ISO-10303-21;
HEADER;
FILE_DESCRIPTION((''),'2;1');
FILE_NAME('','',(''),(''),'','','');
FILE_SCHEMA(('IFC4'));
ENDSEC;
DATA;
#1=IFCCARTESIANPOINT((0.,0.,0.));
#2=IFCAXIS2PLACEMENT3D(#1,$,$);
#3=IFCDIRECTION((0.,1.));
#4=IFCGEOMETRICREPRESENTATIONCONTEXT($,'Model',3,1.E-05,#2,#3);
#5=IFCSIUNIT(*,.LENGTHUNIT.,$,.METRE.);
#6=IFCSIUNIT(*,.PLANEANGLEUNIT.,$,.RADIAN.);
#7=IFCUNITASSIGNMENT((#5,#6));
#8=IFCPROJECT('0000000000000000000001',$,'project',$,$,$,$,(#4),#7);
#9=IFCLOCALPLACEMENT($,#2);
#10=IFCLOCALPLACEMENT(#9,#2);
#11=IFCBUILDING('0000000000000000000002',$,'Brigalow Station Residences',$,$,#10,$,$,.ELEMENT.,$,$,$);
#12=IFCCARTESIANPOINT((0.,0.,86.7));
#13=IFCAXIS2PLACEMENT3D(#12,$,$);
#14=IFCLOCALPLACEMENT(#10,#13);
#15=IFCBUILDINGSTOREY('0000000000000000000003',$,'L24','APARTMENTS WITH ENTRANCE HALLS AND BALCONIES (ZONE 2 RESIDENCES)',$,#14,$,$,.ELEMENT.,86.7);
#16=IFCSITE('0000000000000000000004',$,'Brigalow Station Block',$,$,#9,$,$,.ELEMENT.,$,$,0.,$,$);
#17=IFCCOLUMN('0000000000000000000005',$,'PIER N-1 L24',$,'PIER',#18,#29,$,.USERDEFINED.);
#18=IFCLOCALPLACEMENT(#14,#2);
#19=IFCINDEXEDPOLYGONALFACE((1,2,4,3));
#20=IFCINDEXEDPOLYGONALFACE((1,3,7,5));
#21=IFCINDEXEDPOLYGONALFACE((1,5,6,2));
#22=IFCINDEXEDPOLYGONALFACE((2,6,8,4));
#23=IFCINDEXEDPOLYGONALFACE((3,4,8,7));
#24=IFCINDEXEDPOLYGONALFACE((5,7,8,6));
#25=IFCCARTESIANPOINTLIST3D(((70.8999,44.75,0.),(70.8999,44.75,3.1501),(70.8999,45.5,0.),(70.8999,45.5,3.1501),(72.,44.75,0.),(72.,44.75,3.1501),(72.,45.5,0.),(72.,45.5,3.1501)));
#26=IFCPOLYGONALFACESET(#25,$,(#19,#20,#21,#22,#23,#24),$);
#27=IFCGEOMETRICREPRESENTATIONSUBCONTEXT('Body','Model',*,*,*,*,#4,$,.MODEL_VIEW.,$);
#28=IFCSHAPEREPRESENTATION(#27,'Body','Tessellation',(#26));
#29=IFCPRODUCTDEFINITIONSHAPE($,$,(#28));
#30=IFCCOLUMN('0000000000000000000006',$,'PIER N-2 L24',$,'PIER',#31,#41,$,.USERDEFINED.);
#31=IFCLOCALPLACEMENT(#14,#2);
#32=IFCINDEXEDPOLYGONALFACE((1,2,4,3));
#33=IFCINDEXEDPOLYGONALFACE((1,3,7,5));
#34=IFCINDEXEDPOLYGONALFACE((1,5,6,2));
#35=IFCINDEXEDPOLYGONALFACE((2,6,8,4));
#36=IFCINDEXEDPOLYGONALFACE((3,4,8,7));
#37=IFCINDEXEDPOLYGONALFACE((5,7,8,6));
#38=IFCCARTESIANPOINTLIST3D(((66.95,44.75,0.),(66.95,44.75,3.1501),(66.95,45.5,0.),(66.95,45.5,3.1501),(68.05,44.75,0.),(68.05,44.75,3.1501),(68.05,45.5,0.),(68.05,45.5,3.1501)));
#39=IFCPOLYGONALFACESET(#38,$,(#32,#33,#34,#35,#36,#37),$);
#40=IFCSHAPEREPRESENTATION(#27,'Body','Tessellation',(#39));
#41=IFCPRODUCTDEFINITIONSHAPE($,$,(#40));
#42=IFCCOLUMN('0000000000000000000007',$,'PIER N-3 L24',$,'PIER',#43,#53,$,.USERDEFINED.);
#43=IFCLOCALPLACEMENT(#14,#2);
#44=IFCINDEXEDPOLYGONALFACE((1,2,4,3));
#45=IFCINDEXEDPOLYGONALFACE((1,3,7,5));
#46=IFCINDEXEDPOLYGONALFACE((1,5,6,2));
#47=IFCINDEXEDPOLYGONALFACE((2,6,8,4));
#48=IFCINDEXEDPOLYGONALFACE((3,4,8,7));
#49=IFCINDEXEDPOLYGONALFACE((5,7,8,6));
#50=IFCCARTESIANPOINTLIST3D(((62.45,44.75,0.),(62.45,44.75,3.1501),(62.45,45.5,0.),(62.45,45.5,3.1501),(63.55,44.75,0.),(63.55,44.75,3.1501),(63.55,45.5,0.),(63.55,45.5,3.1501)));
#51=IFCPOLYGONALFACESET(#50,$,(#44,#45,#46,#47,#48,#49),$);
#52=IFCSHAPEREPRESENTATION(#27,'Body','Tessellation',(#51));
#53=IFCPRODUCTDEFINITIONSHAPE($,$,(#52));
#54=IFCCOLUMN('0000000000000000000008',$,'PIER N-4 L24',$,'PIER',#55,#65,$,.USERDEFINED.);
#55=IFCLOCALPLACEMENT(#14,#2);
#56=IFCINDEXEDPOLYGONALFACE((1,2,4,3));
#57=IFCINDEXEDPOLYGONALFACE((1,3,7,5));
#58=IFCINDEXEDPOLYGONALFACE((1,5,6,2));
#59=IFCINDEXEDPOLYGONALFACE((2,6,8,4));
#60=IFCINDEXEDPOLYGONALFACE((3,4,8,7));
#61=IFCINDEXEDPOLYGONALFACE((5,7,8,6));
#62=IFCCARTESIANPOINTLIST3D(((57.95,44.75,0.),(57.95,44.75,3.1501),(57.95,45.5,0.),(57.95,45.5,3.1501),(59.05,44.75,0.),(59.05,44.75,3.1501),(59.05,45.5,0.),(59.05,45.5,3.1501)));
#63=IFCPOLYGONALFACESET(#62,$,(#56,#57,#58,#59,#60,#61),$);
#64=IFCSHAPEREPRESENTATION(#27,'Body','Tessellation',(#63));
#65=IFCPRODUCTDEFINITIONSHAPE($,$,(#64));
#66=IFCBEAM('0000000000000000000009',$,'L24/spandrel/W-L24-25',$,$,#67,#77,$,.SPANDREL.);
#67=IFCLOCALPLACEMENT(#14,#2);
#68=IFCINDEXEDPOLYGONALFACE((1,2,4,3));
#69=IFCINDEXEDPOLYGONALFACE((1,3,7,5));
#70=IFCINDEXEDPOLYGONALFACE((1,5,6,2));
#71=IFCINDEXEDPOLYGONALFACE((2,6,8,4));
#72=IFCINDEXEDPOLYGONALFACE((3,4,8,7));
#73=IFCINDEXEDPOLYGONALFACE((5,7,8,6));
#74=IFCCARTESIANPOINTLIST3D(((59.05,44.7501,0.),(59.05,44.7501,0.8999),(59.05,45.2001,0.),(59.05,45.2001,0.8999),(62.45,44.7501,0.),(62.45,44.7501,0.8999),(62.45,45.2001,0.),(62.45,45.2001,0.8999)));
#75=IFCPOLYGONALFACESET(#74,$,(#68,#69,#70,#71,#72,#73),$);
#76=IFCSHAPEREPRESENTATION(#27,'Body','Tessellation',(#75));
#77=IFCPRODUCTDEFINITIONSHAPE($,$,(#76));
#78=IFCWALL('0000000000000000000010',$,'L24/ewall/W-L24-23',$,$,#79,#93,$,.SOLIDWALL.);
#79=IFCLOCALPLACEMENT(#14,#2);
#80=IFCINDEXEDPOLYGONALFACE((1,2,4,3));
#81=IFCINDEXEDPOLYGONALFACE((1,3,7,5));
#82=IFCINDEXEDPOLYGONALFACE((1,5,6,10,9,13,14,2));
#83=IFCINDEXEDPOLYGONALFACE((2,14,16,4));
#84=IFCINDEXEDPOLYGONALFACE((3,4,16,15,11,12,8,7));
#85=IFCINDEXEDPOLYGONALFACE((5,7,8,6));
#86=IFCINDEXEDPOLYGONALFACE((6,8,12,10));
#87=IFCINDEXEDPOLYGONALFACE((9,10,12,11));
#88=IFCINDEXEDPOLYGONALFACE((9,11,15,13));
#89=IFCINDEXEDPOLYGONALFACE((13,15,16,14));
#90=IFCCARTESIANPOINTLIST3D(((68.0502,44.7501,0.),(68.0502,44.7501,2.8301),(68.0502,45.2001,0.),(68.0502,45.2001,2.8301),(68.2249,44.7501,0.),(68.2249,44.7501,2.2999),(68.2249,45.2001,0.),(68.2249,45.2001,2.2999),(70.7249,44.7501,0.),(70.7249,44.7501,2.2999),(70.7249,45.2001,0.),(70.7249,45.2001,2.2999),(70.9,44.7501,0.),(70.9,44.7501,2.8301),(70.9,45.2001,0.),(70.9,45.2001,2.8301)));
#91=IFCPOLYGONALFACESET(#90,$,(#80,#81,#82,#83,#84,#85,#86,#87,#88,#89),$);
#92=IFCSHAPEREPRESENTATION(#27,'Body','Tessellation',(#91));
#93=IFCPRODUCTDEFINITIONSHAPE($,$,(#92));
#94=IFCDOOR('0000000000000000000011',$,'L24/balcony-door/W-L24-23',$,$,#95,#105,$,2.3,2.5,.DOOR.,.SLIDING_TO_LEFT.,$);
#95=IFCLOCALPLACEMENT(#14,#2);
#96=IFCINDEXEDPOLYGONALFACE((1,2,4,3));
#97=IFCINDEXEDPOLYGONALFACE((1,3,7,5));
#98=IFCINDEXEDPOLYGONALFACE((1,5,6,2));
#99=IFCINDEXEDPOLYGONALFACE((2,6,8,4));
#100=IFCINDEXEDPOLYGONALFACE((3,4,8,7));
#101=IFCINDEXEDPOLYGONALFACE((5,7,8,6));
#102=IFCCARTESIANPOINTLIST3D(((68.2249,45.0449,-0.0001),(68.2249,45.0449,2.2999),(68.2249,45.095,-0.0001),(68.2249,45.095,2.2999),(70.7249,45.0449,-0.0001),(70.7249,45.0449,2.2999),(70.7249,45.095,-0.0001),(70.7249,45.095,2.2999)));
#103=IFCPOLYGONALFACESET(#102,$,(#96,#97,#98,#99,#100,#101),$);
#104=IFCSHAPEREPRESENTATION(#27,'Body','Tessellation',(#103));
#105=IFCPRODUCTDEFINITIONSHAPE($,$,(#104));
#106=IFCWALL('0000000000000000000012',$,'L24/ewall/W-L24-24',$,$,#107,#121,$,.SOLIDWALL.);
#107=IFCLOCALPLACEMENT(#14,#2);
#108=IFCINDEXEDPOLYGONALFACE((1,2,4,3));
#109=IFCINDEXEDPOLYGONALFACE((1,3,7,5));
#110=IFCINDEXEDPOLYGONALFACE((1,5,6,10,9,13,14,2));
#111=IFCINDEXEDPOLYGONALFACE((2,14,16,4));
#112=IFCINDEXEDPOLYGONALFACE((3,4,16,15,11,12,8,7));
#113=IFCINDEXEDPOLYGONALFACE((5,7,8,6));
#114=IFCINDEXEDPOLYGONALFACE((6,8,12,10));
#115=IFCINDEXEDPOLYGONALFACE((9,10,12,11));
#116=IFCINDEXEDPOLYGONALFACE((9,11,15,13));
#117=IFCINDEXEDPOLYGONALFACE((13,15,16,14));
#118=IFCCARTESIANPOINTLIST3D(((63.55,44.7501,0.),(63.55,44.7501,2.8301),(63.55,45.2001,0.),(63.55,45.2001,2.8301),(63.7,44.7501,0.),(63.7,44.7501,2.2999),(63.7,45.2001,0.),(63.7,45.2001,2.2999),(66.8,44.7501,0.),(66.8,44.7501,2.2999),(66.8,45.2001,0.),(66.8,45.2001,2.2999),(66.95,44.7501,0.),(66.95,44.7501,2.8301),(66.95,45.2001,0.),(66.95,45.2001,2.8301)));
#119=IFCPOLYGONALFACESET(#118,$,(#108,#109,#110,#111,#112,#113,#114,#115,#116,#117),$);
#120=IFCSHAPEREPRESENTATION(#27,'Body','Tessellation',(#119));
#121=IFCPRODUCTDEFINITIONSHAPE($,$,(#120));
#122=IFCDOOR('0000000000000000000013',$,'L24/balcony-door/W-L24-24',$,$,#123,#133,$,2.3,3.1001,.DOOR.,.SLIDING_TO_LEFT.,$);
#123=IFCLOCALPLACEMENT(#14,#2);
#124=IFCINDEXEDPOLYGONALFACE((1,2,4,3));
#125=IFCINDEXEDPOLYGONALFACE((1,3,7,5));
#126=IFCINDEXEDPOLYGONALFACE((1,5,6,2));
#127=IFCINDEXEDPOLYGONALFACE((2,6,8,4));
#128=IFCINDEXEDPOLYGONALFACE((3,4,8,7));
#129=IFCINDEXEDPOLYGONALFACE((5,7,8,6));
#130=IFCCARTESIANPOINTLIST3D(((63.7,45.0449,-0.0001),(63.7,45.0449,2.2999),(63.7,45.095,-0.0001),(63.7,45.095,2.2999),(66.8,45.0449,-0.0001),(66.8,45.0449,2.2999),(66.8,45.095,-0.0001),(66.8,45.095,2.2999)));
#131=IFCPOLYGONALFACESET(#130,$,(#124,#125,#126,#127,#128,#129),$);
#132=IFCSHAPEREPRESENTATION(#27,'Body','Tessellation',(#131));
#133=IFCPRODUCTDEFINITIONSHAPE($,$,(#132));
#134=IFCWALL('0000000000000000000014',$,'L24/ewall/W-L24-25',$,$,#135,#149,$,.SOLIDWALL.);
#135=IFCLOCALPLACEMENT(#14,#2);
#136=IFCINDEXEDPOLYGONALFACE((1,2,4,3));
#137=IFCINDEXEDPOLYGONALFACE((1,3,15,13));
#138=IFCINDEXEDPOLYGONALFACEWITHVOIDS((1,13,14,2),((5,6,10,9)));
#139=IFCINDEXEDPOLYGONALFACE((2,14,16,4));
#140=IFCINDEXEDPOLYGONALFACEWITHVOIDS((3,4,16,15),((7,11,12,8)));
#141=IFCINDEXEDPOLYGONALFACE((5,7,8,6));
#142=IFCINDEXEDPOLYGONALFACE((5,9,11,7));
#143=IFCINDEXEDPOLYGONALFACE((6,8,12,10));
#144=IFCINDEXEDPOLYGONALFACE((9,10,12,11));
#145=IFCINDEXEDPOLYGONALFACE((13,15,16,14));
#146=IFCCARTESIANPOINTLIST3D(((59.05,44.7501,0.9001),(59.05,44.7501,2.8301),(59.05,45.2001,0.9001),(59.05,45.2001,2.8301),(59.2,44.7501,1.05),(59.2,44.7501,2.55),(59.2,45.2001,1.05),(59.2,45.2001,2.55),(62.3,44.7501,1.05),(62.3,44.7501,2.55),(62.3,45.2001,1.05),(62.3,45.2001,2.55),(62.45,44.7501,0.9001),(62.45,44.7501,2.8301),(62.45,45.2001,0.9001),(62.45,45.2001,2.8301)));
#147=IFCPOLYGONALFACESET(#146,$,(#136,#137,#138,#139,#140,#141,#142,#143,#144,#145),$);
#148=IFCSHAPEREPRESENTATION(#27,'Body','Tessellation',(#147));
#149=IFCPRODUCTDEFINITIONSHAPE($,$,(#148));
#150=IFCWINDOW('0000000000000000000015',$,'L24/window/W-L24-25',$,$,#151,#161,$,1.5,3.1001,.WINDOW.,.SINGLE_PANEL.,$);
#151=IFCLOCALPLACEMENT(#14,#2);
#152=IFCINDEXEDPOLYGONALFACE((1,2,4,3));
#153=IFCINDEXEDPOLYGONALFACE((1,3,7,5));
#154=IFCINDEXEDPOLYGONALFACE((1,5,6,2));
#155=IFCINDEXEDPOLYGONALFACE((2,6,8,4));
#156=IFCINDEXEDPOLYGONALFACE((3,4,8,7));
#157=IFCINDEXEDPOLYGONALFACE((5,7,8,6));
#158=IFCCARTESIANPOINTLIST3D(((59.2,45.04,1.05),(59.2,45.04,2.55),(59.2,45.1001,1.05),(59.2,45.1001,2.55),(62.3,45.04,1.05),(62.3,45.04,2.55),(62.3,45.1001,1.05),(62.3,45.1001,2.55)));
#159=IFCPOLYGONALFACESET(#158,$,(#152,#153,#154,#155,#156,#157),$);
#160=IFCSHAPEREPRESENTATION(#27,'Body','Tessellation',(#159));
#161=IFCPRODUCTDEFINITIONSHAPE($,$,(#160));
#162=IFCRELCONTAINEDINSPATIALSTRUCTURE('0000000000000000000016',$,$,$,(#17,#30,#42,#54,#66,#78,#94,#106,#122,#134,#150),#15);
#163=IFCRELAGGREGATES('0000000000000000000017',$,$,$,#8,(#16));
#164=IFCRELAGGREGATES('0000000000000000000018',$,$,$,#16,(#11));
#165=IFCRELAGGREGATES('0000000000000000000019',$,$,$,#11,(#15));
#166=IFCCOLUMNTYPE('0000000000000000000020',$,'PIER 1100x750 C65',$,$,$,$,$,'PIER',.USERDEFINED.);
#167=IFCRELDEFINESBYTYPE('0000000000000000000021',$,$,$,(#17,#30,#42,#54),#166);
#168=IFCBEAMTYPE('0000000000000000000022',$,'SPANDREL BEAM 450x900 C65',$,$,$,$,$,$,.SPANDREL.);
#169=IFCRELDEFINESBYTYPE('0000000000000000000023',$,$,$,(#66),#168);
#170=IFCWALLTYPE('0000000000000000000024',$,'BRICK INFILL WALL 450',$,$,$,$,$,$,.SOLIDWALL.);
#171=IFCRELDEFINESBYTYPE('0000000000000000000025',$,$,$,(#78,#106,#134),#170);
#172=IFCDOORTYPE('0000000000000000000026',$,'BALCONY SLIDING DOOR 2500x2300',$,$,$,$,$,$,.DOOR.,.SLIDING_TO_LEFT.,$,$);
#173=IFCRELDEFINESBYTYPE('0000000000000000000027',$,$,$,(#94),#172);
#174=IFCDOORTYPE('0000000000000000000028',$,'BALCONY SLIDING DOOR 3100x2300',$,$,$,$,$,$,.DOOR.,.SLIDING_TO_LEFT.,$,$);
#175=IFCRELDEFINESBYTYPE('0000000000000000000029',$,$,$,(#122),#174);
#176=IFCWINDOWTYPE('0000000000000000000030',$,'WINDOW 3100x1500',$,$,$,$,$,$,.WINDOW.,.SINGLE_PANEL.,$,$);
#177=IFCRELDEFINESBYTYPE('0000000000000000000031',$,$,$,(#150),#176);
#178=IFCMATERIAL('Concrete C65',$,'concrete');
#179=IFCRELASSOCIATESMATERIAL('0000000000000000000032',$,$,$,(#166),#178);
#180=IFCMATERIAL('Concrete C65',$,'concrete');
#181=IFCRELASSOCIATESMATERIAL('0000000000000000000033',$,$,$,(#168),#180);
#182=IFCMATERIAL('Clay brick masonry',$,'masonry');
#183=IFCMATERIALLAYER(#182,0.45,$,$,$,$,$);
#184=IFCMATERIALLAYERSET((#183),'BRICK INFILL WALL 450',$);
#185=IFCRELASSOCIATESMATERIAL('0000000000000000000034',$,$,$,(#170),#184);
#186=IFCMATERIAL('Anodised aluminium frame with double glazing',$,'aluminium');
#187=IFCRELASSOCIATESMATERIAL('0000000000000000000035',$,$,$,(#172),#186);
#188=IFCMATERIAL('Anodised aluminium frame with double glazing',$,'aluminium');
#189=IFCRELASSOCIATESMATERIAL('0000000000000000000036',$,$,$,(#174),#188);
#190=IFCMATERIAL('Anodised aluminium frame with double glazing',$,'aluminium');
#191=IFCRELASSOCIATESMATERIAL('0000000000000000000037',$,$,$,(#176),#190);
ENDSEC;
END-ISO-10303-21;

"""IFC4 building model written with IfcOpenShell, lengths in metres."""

from ifc_helpers import new_model, si_unit, direction, frame, frame_2d, origin, origin_2d, place, context, subcontext, project, spatial, rectangle, extrude, material, layer, layer_set, material_profile, profile_set, type_object, element, fill, save


model = new_model("IFC4")

# Units and contexts
model_context = context("Model", 3, precision=1e-05, world=origin(), true_north=direction((0.0, 1.0)))
body_context = subcontext(model_context, "Body", "Model", "MODEL_VIEW")
ifc_project = project(units=[si_unit("LENGTHUNIT", "METRE"), si_unit("PLANEANGLEUNIT", "RADIAN")], contexts=[model_context])

# Site, building, storey
site_placement = place(None, origin())
site = spatial("IfcSite", under=ifc_project, at=site_placement, Name="Brigalow Station Block", CompositionType="ELEMENT", RefElevation=0.0)
building_placement = place(site_placement, origin())
building = spatial("IfcBuilding", under=site, at=building_placement, Name="Brigalow Station Residences", CompositionType="ELEMENT")
storey_placement = place(building_placement, frame((0.0, 0.0, 86.7)))
storey = spatial("IfcBuildingStorey", under=building, at=storey_placement, Name="L24", Description="APARTMENTS WITH ENTRANCE HALLS AND BALCONIES (ZONE 2 RESIDENCES)", CompositionType="ELEMENT", Elevation=86.7)

# Columns
ifc_material_1 = material(Name="Concrete C65", Category="concrete")
ifc_material_profile_1 = material_profile(ifc_material_1, rectangle(XDim=1.1001, YDim=0.75, at=origin_2d()), Name="RC1100x750")
ifc_profile_set_1 = profile_set([ifc_material_profile_1], Name="Concrete C65")
column_type = type_object("IfcColumnType", Name="PIER 1100x750 C65", ElementType="PIER", PredefinedType="USERDEFINED", material=ifc_profile_set_1)
for number, where, z_axis, x_axis, name in (
    (1, (71.45, 45.125, 0.0), (0.0, 0.0, 1.0), (-1.0, 0.0, 0.0), "PIER N-1 L24"),
    (2, (67.5, 45.125, 0.0), (0.0, 0.0, 1.0), (-1.0, 0.0, 0.0), "PIER N-2 L24"),
    (3, (63.0, 45.125, 0.0), (0.0, 0.0, 1.0), (-1.0, 0.0, 0.0), "PIER N-3 L24"),
    (4, (58.5, 45.125, 0.0), (0.0, 0.0, 1.0), (-1.0, 0.0, 0.0), "PIER N-4 L24"),
):
    element("IfcColumn", number, at=place(storey_placement, frame(where, z_axis=z_axis, x_axis=x_axis)), inside=storey, type_object=column_type, Name=name, ObjectType="PIER", PredefinedType="USERDEFINED", context=body_context, shape_type="SweptSolid", body=[
        extrude(rectangle(XDim=1.1001, YDim=0.75, at=origin_2d()), origin(), (0.0, 0.0, 1.0), 3.1501),
    ])

# Beam
ifc_material_2 = material(Name="Concrete C65", Category="concrete")
ifc_material_profile_2 = material_profile(ifc_material_2, rectangle(XDim=0.45, YDim=0.8999, at=origin_2d()), Name="RC450x900")
ifc_profile_set_2 = profile_set([ifc_material_profile_2], Name="Concrete C65")
beam_type = type_object("IfcBeamType", Name="SPANDREL BEAM 450x900 C65", PredefinedType="SPANDREL", material=ifc_profile_set_2)
beam_placement = place(storey_placement, frame((62.45, 44.9751, 0.45), z_axis=(-1.0, 0.0, 0.0), x_axis=(0.0, -1.0, 0.0)))
element("IfcBeam", 5, at=beam_placement, inside=storey, type_object=beam_type, Name="L24/spandrel/W-L24-25", PredefinedType="SPANDREL", context=body_context, shape_type="SweptSolid", body=[
    extrude(rectangle(XDim=0.45, YDim=0.8999, at=origin_2d()), origin(), (0.0, 0.0, 1.0), 3.3999),
])

# Walls, openings, doors
ifc_material_3 = material(Name="Clay brick masonry", Category="masonry")
ifc_layer_1 = layer(ifc_material_3, 0.45)
ifc_layer_set_1 = layer_set([ifc_layer_1], Name="BRICK INFILL WALL 450")
wall_type_1 = type_object("IfcWallType", Name="BRICK INFILL WALL 450", PredefinedType="SOLIDWALL", material=ifc_layer_set_1)
wall_1_placement = place(storey_placement, frame((70.8999, 44.9751, 0.0), z_axis=(0.0, 0.0, 1.0), x_axis=(-1.0, 0.0, 0.0)))
wall_1 = element("IfcWall", 6, at=wall_1_placement, inside=storey, type_object=wall_type_1, Name="L24/ewall/W-L24-23", PredefinedType="SOLIDWALL", context=body_context, shape_type="SweptSolid", body=[
    extrude(rectangle(XDim=2.8499, YDim=0.45, at=frame_2d((1.4248, 0.0))), origin(), (0.0, 0.0, 1.0), 2.8301),
])
opening_1_placement = place(wall_1_placement, frame((0.175, 0.0, 0.0)))
opening_1 = element("IfcOpeningElement", 7, at=opening_1_placement, cuts=wall_1, PredefinedType="OPENING", context=body_context, shape_type="SweptSolid", body=[
    extrude(rectangle(XDim=2.5, YDim=2.3, at=frame_2d((1.25, 1.1499))), frame((0.0, 0.2349, 0.0), z_axis=(0.0, -1.0, 0.0), x_axis=(1.0, 0.0, 0.0)), (0.0, 0.0, 1.0), 0.47),
])
ifc_material_4 = material(Name="Anodised aluminium frame with double glazing", Category="aluminium")
door_type_1 = type_object("IfcDoorType", Name="BALCONY SLIDING DOOR 2500x2300", OperationType="SLIDING_TO_LEFT", PredefinedType="DOOR", material=ifc_material_4)
door_1_placement = place(opening_1_placement, origin())
door_1 = element("IfcDoor", 8, at=door_1_placement, inside=storey, type_object=door_type_1, Name="L24/balcony-door/W-L24-23", OperationType="SLIDING_TO_LEFT", OverallHeight=2.3, OverallWidth=2.5, PredefinedType="DOOR", context=body_context, shape_type="SweptSolid", body=[
    extrude(rectangle(XDim=2.5, YDim=2.3, at=frame_2d((1.25, 1.1499))), frame((0.0, -0.0698, 0.0), z_axis=(0.0, -1.0, 0.0), x_axis=(1.0, 0.0, 0.0)), (0.0, 0.0, 1.0), 0.05),
])
fill(opening_1, door_1)
wall_2_placement = place(storey_placement, frame((66.95, 44.9751, 0.0), z_axis=(0.0, 0.0, 1.0), x_axis=(-1.0, 0.0, 0.0)))
wall_2 = element("IfcWall", 9, at=wall_2_placement, inside=storey, type_object=wall_type_1, Name="L24/ewall/W-L24-24", PredefinedType="SOLIDWALL", context=body_context, shape_type="SweptSolid", body=[
    extrude(rectangle(XDim=3.3999, YDim=0.45, at=frame_2d((1.7, 0.0))), origin(), (0.0, 0.0, 1.0), 2.8301),
])
opening_2_placement = place(wall_2_placement, frame((0.1499, 0.0, 0.0)))
opening_2 = element("IfcOpeningElement", 10, at=opening_2_placement, cuts=wall_2, PredefinedType="OPENING", context=body_context, shape_type="SweptSolid", body=[
    extrude(rectangle(XDim=3.1001, YDim=2.3, at=frame_2d((1.55, 1.1499))), frame((0.0, 0.2349, 0.0), z_axis=(0.0, -1.0, 0.0), x_axis=(1.0, 0.0, 0.0)), (0.0, 0.0, 1.0), 0.47),
])
ifc_material_5 = material(Name="Anodised aluminium frame with double glazing", Category="aluminium")
door_type_2 = type_object("IfcDoorType", Name="BALCONY SLIDING DOOR 3100x2300", OperationType="SLIDING_TO_LEFT", PredefinedType="DOOR", material=ifc_material_5)
door_2_placement = place(opening_2_placement, origin())
door_2 = element("IfcDoor", 11, at=door_2_placement, inside=storey, type_object=door_type_2, Name="L24/balcony-door/W-L24-24", OperationType="SLIDING_TO_LEFT", OverallHeight=2.3, OverallWidth=3.1001, PredefinedType="DOOR", context=body_context, shape_type="SweptSolid", body=[
    extrude(rectangle(XDim=3.1001, YDim=2.3, at=frame_2d((1.55, 1.1499))), frame((0.0, -0.0698, 0.0), z_axis=(0.0, -1.0, 0.0), x_axis=(1.0, 0.0, 0.0)), (0.0, 0.0, 1.0), 0.05),
])
fill(opening_2, door_2)

# Wall, opening, window
wall_3_placement = place(storey_placement, frame((62.45, 44.9751, 0.9001), z_axis=(0.0, 0.0, 1.0), x_axis=(-1.0, 0.0, 0.0)))
wall_3 = element("IfcWall", 12, at=wall_3_placement, inside=storey, type_object=wall_type_1, Name="L24/ewall/W-L24-25", PredefinedType="SOLIDWALL", context=body_context, shape_type="SweptSolid", body=[
    extrude(rectangle(XDim=3.3999, YDim=0.45, at=frame_2d((1.7, 0.0))), origin(), (0.0, 0.0, 1.0), 1.9299),
])
opening_3_placement = place(wall_3_placement, frame((0.1499, 0.0, 0.1499)))
opening_3 = element("IfcOpeningElement", 13, at=opening_3_placement, cuts=wall_3, PredefinedType="OPENING", context=body_context, shape_type="SweptSolid", body=[
    extrude(rectangle(XDim=3.1001, YDim=1.5, at=frame_2d((1.55, 0.75))), frame((0.0, 0.2349, 0.0), z_axis=(0.0, -1.0, 0.0), x_axis=(1.0, 0.0, 0.0)), (0.0, 0.0, 1.0), 0.47),
])
ifc_material_6 = material(Name="Anodised aluminium frame with double glazing", Category="aluminium")
window_type = type_object("IfcWindowType", Name="WINDOW 3100x1500", PartitioningType="SINGLE_PANEL", PredefinedType="WINDOW", material=ifc_material_6)
window_placement = place(opening_3_placement, origin())
window = element("IfcWindow", 14, at=window_placement, inside=storey, type_object=window_type, Name="L24/window/W-L24-25", OverallHeight=1.5, OverallWidth=3.1001, PartitioningType="SINGLE_PANEL", PredefinedType="WINDOW", context=body_context, shape_type="SweptSolid", body=[
    extrude(rectangle(XDim=3.1001, YDim=1.5, at=frame_2d((1.55, 0.75))), frame((0.0, -0.0649, 0.0), z_axis=(0.0, -1.0, 0.0), x_axis=(1.0, 0.0, 0.0)), (0.0, 0.0, 1.0), 0.0601),
])
fill(opening_3, window)

save(model, "model.ifc")
